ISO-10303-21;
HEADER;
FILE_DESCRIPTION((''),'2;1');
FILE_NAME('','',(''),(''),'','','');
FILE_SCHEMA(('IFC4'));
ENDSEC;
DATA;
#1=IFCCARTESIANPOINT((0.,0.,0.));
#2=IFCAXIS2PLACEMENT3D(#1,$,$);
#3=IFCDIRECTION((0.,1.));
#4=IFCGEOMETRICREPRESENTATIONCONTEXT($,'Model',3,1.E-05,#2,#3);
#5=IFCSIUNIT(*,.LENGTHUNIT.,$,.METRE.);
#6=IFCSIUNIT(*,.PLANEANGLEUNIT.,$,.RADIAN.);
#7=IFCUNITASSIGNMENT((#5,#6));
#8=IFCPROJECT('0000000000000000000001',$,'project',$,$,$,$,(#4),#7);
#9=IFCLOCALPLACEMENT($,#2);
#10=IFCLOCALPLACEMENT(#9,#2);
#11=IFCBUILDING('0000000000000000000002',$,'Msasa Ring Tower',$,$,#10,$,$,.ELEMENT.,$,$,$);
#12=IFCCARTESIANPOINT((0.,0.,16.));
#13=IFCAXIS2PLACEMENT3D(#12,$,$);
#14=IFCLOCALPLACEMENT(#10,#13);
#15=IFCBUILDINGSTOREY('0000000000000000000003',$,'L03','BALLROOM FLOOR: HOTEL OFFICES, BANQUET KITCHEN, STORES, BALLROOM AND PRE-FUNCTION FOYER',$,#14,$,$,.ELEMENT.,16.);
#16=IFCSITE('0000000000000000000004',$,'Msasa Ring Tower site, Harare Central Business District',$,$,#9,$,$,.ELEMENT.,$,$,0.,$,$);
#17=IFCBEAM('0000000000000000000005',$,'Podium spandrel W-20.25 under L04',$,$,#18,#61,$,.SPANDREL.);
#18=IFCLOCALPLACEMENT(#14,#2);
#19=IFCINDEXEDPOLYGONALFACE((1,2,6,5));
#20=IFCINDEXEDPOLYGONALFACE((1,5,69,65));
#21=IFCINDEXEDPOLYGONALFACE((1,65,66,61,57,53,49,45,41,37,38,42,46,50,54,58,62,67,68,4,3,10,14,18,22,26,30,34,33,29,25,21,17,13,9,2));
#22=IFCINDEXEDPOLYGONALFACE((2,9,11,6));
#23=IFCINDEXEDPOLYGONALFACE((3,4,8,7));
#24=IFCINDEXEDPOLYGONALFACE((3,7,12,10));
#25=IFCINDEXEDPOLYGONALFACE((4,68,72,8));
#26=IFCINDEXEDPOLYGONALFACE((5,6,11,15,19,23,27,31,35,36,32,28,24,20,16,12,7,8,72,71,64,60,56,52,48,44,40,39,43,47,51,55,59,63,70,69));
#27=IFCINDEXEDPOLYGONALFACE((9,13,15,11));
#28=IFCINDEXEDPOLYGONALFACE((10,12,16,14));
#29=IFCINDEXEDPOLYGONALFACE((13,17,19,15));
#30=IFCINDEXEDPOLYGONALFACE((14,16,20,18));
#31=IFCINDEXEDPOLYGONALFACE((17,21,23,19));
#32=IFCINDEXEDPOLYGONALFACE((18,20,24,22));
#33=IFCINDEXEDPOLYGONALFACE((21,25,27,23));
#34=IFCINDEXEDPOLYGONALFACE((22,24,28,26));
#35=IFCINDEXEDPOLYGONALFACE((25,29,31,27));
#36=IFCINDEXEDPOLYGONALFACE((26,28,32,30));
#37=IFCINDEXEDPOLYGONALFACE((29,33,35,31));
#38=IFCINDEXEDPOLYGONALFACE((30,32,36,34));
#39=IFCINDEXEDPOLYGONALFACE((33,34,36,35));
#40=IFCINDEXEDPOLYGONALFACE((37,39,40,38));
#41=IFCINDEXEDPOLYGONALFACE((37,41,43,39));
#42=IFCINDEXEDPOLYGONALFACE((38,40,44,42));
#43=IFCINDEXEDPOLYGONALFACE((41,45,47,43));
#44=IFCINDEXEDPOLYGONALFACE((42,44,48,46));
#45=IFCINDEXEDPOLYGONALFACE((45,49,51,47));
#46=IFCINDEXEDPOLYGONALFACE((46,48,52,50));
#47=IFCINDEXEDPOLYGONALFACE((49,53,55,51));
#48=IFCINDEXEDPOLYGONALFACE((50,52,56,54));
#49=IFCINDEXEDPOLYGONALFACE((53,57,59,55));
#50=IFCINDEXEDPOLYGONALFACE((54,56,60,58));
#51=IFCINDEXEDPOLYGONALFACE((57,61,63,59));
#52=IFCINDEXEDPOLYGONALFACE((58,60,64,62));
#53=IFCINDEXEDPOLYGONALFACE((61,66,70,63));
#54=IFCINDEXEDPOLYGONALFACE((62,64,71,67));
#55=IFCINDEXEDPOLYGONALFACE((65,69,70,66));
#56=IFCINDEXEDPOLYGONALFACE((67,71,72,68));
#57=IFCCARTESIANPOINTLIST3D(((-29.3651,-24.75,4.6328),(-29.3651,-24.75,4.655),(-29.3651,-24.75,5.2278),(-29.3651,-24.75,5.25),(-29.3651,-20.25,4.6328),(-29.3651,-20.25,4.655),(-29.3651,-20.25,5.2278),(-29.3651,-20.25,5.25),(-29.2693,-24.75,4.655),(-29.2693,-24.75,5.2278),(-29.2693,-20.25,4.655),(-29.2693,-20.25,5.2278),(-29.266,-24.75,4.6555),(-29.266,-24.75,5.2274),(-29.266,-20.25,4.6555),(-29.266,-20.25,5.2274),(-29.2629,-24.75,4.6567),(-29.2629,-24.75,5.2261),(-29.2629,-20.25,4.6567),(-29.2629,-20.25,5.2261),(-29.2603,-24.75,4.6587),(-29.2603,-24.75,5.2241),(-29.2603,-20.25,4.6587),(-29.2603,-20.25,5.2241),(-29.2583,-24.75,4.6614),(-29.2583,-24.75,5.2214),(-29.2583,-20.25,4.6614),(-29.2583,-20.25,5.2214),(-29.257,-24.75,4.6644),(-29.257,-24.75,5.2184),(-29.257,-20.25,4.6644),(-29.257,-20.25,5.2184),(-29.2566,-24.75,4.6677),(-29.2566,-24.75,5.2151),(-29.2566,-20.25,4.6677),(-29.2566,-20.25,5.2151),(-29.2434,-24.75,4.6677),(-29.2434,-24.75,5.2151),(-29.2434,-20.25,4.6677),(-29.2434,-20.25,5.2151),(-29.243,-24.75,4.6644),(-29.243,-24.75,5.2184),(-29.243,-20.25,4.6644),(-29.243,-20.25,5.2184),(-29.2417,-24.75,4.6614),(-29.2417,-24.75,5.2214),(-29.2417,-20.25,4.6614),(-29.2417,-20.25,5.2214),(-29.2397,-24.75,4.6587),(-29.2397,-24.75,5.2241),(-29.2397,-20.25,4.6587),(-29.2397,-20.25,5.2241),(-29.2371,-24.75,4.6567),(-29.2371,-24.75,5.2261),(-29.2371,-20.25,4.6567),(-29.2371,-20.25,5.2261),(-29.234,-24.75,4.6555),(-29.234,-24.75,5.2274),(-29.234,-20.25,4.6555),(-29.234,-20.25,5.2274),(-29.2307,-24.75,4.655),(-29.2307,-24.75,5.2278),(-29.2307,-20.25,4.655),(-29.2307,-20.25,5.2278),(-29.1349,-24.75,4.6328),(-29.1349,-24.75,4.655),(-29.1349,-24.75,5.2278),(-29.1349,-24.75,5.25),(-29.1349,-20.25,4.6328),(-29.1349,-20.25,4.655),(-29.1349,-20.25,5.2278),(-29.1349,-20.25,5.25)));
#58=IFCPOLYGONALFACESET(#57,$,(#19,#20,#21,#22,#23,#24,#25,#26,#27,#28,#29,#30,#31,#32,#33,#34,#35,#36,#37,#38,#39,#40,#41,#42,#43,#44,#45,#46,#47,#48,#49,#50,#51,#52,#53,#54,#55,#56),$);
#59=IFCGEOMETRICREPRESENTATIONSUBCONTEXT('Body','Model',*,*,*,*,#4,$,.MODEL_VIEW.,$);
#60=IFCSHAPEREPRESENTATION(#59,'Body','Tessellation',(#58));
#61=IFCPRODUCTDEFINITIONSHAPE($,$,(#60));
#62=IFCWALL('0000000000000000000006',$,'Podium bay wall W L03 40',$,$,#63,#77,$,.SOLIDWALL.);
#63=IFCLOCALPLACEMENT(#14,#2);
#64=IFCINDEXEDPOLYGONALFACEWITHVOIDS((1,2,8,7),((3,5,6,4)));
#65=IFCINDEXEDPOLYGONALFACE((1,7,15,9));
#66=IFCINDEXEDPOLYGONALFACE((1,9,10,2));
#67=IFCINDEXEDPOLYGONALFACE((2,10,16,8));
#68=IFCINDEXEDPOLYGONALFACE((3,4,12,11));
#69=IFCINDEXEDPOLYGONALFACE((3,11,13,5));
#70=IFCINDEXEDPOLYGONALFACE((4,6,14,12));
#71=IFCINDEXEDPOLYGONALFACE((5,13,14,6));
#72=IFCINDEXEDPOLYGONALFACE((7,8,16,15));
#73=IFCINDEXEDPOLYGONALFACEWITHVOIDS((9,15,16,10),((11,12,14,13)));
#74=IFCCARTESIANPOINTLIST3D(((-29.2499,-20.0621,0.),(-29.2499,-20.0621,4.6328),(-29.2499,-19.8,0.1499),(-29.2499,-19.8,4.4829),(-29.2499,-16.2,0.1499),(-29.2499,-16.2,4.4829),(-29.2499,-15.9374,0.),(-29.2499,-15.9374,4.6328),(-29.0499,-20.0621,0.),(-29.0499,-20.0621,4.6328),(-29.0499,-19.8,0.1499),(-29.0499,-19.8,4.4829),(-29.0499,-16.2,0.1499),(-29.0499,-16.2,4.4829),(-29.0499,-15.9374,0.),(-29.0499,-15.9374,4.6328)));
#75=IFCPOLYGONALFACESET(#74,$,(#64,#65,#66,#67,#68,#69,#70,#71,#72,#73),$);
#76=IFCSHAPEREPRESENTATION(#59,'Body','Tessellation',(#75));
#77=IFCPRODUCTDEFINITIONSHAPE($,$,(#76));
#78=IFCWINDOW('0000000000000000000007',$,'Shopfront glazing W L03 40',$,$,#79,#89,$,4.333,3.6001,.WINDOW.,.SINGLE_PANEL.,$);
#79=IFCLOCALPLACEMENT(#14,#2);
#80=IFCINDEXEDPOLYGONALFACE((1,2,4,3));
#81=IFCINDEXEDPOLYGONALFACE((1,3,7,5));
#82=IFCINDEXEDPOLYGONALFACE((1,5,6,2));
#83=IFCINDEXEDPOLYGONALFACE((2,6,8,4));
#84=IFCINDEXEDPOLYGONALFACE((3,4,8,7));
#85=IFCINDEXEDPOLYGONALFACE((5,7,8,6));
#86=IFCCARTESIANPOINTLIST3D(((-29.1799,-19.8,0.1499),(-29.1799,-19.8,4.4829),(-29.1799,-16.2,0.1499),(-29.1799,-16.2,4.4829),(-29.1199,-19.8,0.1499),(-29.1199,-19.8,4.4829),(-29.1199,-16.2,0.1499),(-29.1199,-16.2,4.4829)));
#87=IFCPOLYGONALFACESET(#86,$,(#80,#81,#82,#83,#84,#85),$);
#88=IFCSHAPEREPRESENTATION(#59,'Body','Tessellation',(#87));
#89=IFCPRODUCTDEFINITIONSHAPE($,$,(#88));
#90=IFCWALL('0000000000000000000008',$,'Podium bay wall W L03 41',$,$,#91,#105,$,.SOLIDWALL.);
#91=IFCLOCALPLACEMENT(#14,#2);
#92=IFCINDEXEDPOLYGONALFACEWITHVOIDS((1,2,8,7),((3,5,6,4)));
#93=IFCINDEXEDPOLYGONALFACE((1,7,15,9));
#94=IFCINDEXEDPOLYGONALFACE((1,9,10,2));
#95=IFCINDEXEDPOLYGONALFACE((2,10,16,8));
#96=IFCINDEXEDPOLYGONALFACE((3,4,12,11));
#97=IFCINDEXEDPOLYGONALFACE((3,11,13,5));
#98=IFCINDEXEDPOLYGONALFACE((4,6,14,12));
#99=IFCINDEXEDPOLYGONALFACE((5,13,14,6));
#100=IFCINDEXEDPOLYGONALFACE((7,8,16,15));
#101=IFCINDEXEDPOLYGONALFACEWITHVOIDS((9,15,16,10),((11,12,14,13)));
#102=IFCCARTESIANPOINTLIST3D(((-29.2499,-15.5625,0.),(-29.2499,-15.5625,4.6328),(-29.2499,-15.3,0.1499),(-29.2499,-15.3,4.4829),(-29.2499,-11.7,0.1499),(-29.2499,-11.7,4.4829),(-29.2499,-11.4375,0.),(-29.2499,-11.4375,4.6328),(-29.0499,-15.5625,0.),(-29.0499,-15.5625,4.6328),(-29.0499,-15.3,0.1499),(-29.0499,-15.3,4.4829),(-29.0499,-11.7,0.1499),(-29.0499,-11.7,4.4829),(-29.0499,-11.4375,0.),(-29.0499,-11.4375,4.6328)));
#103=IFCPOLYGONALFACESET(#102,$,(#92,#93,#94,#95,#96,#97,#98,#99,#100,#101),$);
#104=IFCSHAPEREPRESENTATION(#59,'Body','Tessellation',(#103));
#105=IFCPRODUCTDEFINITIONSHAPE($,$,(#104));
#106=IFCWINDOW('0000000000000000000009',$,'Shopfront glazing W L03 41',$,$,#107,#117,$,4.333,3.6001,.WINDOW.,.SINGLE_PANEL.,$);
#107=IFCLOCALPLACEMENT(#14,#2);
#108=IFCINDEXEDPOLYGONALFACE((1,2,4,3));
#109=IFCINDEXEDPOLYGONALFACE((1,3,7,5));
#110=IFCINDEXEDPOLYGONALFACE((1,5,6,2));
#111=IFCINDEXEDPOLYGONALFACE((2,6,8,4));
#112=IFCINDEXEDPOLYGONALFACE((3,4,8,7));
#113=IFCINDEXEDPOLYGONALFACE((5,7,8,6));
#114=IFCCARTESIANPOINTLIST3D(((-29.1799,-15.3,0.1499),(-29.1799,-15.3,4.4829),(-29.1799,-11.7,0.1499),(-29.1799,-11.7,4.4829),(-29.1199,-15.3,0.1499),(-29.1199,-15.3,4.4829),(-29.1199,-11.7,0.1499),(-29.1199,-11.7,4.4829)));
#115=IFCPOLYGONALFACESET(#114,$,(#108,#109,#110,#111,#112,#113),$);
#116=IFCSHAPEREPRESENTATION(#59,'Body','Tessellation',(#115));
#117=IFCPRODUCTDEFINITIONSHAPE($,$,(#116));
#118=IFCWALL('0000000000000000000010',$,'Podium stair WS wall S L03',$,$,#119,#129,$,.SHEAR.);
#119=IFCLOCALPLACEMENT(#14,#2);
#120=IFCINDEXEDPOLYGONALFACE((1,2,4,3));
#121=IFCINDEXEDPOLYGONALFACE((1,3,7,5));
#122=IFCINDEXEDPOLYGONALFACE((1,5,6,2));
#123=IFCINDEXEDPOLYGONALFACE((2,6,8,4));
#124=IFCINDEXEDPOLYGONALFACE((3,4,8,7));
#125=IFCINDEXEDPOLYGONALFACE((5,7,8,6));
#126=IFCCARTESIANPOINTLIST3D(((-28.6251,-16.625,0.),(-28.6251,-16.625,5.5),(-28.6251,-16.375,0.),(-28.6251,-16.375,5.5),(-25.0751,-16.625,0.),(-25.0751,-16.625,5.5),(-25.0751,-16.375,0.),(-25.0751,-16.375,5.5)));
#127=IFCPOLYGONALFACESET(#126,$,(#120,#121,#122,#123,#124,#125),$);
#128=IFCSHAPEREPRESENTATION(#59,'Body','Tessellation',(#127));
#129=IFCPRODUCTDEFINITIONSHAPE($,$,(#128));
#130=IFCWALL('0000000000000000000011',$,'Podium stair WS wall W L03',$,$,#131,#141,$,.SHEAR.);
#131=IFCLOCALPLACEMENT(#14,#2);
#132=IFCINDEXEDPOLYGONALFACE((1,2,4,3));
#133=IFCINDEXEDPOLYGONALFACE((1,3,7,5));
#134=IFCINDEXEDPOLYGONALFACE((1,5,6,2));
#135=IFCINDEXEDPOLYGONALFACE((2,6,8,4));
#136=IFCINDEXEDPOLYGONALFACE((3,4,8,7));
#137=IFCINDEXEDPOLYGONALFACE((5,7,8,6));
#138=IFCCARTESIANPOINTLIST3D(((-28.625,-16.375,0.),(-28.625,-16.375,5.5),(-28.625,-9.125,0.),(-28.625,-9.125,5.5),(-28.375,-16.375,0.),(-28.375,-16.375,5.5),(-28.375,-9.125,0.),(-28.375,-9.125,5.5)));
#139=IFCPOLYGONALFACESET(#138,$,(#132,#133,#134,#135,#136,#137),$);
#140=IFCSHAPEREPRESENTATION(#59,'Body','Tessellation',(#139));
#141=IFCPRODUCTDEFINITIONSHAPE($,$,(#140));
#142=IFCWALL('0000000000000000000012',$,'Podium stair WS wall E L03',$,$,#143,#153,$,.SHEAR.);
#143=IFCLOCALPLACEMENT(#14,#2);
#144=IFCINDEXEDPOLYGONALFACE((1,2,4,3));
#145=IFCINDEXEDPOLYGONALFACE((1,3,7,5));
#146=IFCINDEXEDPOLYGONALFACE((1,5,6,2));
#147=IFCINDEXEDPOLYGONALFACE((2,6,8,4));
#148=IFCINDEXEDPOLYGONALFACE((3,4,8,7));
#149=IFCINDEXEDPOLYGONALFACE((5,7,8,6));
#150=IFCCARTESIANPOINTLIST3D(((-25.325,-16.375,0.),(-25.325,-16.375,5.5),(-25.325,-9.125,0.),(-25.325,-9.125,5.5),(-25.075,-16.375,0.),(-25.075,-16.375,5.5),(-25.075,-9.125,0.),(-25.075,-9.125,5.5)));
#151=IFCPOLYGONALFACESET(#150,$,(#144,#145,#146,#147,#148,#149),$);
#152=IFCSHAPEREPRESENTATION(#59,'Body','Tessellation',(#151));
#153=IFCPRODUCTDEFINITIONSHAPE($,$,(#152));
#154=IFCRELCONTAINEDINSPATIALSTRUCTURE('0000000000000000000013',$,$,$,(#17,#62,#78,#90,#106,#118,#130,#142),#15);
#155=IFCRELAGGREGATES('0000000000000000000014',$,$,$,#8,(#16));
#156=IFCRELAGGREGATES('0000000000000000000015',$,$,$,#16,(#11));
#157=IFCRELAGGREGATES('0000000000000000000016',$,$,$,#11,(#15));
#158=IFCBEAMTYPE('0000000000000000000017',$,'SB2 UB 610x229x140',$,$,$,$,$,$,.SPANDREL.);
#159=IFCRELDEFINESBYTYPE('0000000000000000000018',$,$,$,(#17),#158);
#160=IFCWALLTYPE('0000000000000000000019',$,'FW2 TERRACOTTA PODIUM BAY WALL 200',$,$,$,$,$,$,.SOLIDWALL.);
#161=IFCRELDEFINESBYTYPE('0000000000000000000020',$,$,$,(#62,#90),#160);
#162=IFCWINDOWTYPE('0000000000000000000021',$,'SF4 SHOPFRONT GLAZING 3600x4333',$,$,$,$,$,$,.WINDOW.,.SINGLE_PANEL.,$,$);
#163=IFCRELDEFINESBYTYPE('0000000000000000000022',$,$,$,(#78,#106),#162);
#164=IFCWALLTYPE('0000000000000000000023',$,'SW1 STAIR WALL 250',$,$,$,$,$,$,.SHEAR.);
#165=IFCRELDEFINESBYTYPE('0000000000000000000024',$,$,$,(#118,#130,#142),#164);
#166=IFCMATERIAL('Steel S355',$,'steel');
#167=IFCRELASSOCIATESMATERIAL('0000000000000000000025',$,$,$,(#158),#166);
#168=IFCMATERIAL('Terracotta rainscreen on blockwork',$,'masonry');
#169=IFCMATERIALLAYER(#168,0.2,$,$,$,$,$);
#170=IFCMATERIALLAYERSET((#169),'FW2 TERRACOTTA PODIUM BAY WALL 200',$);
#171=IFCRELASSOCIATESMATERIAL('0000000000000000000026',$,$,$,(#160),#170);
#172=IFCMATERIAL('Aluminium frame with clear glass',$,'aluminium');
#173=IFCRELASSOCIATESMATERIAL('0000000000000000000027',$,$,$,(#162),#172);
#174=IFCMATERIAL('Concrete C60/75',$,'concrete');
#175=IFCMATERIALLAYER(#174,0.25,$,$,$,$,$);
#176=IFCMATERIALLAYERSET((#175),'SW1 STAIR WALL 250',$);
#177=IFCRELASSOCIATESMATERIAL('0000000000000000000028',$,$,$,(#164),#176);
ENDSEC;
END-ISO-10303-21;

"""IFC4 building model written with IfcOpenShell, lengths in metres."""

from ifc_helpers import new_model, si_unit, direction, frame, frame_2d, origin, origin_2d, place, context, subcontext, project, spatial, rectangle, i_section, extrude, material, layer, layer_set, material_profile, profile_set, type_object, element, fill, save


model = new_model("IFC4")

# Units and contexts
model_context = context("Model", 3, precision=1e-05, world=origin(), true_north=direction((0.0, 1.0)))
body_context = subcontext(model_context, "Body", "Model", "MODEL_VIEW")
ifc_project = project(units=[si_unit("LENGTHUNIT", "METRE"), si_unit("PLANEANGLEUNIT", "RADIAN")], contexts=[model_context])

# Site, building, storey
site_placement = place(None, origin())
site = spatial("IfcSite", under=ifc_project, at=site_placement, Name="Msasa Ring Tower site, Harare Central Business District", CompositionType="ELEMENT", RefElevation=0.0)
building_placement = place(site_placement, origin())
building = spatial("IfcBuilding", under=site, at=building_placement, Name="Msasa Ring Tower", CompositionType="ELEMENT")
storey_placement = place(building_placement, frame((0.0, 0.0, 16.0)))
storey = spatial("IfcBuildingStorey", under=building, at=storey_placement, Name="L03", Description="BALLROOM FLOOR: HOTEL OFFICES, BANQUET KITCHEN, STORES, BALLROOM AND PRE-FUNCTION FOYER", CompositionType="ELEMENT", Elevation=16.0)

# Beam
ifc_material_1 = material(Name="Steel S355", Category="steel")
ifc_material_profile_1 = material_profile(ifc_material_1, i_section(OverallWidth=0.2302, OverallDepth=0.6172, WebThickness=0.0132, FlangeThickness=0.0222, FilletRadius=0.0127, at=origin_2d()), Name="UB 610x229x140")
ifc_profile_set_1 = profile_set([ifc_material_profile_1], Name="Steel S355")
beam_type_1 = type_object("IfcBeamType", Name="SB2 UB 610x229x140", PredefinedType="SPANDREL", material=ifc_profile_set_1)
for number, where, z_axis, x_axis, name in (
    (1, (-29.25, -20.25, 4.9414), (0.0, -1.0, 0.0), (1.0, 0.0, 0.0), "Podium spandrel W-20.25 under L04"),
):
    element("IfcBeam", number, at=place(storey_placement, frame(where, z_axis=z_axis, x_axis=x_axis)), inside=storey, type_object=beam_type_1, Name=name, PredefinedType="SPANDREL", context=body_context, shape_type="SweptSolid", body=[
        extrude(i_section(OverallWidth=0.2302, OverallDepth=0.6172, WebThickness=0.0132, FlangeThickness=0.0222, FilletRadius=0.0127, at=origin_2d()), origin(), (0.0, 0.0, 1.0), 4.5),
    ])

# Walls, openings, windows
ifc_material_2 = material(Name="Terracotta rainscreen on blockwork", Category="masonry")
ifc_layer_1 = layer(ifc_material_2, 0.2)
ifc_layer_set_1 = layer_set([ifc_layer_1], Name="FW2 TERRACOTTA PODIUM BAY WALL 200")
wall_type_1 = type_object("IfcWallType", Name="FW2 TERRACOTTA PODIUM BAY WALL 200", PredefinedType="SOLIDWALL", material=ifc_layer_set_1)
wall_1_placement = place(storey_placement, frame((-29.1499, -20.0623, 0.0), z_axis=(0.0, 0.0, 1.0), x_axis=(0.0, 1.0, 0.0)))
wall_1 = element("IfcWall", 2, at=wall_1_placement, inside=storey, type_object=wall_type_1, Name="Podium bay wall W L03 40", PredefinedType="SOLIDWALL", context=body_context, shape_type="SweptSolid", body=[
    extrude(rectangle(XDim=4.1248, YDim=0.2, at=frame_2d((2.0625, 0.0))), origin(), (0.0, 0.0, 1.0), 4.6328),
])
opening_1_placement = place(wall_1_placement, frame((0.2622, 0.0, 0.1499)))
opening_1 = element("IfcOpeningElement", 3, at=opening_1_placement, cuts=wall_1, PredefinedType="OPENING", context=body_context, shape_type="SweptSolid", body=[
    extrude(rectangle(XDim=3.6001, YDim=4.333, at=frame_2d((1.8, 2.1665))), frame((0.0, 0.1099, 0.0), z_axis=(0.0, -1.0, 0.0), x_axis=(1.0, 0.0, 0.0)), (0.0, 0.0, 1.0), 0.22),
])
ifc_material_3 = material(Name="Aluminium frame with clear glass", Category="aluminium")
window_type = type_object("IfcWindowType", Name="SF4 SHOPFRONT GLAZING 3600x4333", PartitioningType="SINGLE_PANEL", PredefinedType="WINDOW", material=ifc_material_3)
window_1_placement = place(opening_1_placement, origin())
window_1 = element("IfcWindow", 4, at=window_1_placement, inside=storey, type_object=window_type, Name="Shopfront glazing W L03 40", OverallHeight=4.333, OverallWidth=3.6001, PartitioningType="SINGLE_PANEL", PredefinedType="WINDOW", context=body_context, shape_type="SweptSolid", body=[
    extrude(rectangle(XDim=3.6001, YDim=4.333, at=frame_2d((1.8, 2.1665))), frame((0.0, 0.03, 0.0), z_axis=(0.0, -1.0, 0.0), x_axis=(1.0, 0.0, 0.0)), (0.0, 0.0, 1.0), 0.0601),
])
fill(opening_1, window_1)
wall_2_placement = place(storey_placement, frame((-29.1499, -15.5625, 0.0), z_axis=(0.0, 0.0, 1.0), x_axis=(0.0, 1.0, 0.0)))
wall_2 = element("IfcWall", 5, at=wall_2_placement, inside=storey, type_object=wall_type_1, Name="Podium bay wall W L03 41", PredefinedType="SOLIDWALL", context=body_context, shape_type="SweptSolid", body=[
    extrude(rectangle(XDim=4.125, YDim=0.2, at=frame_2d((2.0625, 0.0))), origin(), (0.0, 0.0, 1.0), 4.6328),
])
opening_2_placement = place(wall_2_placement, frame((0.2625, 0.0, 0.1499)))
opening_2 = element("IfcOpeningElement", 6, at=opening_2_placement, cuts=wall_2, PredefinedType="OPENING", context=body_context, shape_type="SweptSolid", body=[
    extrude(rectangle(XDim=3.6001, YDim=4.333, at=frame_2d((1.8, 2.1665))), frame((0.0, 0.1099, 0.0), z_axis=(0.0, -1.0, 0.0), x_axis=(1.0, 0.0, 0.0)), (0.0, 0.0, 1.0), 0.22),
])
window_2_placement = place(opening_2_placement, origin())
window_2 = element("IfcWindow", 7, at=window_2_placement, inside=storey, type_object=window_type, Name="Shopfront glazing W L03 41", OverallHeight=4.333, OverallWidth=3.6001, PartitioningType="SINGLE_PANEL", PredefinedType="WINDOW", context=body_context, shape_type="SweptSolid", body=[
    extrude(rectangle(XDim=3.6001, YDim=4.333, at=frame_2d((1.8, 2.1665))), frame((0.0, 0.03, 0.0), z_axis=(0.0, -1.0, 0.0), x_axis=(1.0, 0.0, 0.0)), (0.0, 0.0, 1.0), 0.0601),
])
fill(opening_2, window_2)

# Walls
ifc_material_4 = material(Name="Concrete C60/75", Category="concrete")
ifc_layer_2 = layer(ifc_material_4, 0.25)
ifc_layer_set_2 = layer_set([ifc_layer_2], Name="SW1 STAIR WALL 250")
wall_type_2 = type_object("IfcWallType", Name="SW1 STAIR WALL 250", PredefinedType="SHEAR", material=ifc_layer_set_2)
wall_3_placement = place(storey_placement, frame((-28.625, -16.5, 0.0), z_axis=(0.0, 0.0, 1.0), x_axis=(1.0, 0.0, 0.0)))
element("IfcWall", 8, at=wall_3_placement, inside=storey, type_object=wall_type_2, Name="Podium stair WS wall S L03", PredefinedType="SHEAR", context=body_context, shape_type="SweptSolid", body=[
    extrude(rectangle(XDim=3.55, YDim=0.25, at=frame_2d((1.7749, 0.0))), origin(), (0.0, 0.0, 1.0), 5.5),
])
for number, where, z_axis, x_axis, name in (
    (9, (-28.5, -16.375, 0.0), (0.0, 0.0, 1.0), (0.0, 1.0, 0.0), "Podium stair WS wall W L03"),
    (10, (-25.2, -16.375, 0.0), (0.0, 0.0, 1.0), (0.0, 1.0, 0.0), "Podium stair WS wall E L03"),
):
    element("IfcWall", number, at=place(storey_placement, frame(where, z_axis=z_axis, x_axis=x_axis)), inside=storey, type_object=wall_type_2, Name=name, PredefinedType="SHEAR", context=body_context, shape_type="SweptSolid", body=[
        extrude(rectangle(XDim=7.25, YDim=0.25, at=frame_2d((3.625, 0.0))), origin(), (0.0, 0.0, 1.0), 5.5),
    ])

save(model, "model.ifc")
